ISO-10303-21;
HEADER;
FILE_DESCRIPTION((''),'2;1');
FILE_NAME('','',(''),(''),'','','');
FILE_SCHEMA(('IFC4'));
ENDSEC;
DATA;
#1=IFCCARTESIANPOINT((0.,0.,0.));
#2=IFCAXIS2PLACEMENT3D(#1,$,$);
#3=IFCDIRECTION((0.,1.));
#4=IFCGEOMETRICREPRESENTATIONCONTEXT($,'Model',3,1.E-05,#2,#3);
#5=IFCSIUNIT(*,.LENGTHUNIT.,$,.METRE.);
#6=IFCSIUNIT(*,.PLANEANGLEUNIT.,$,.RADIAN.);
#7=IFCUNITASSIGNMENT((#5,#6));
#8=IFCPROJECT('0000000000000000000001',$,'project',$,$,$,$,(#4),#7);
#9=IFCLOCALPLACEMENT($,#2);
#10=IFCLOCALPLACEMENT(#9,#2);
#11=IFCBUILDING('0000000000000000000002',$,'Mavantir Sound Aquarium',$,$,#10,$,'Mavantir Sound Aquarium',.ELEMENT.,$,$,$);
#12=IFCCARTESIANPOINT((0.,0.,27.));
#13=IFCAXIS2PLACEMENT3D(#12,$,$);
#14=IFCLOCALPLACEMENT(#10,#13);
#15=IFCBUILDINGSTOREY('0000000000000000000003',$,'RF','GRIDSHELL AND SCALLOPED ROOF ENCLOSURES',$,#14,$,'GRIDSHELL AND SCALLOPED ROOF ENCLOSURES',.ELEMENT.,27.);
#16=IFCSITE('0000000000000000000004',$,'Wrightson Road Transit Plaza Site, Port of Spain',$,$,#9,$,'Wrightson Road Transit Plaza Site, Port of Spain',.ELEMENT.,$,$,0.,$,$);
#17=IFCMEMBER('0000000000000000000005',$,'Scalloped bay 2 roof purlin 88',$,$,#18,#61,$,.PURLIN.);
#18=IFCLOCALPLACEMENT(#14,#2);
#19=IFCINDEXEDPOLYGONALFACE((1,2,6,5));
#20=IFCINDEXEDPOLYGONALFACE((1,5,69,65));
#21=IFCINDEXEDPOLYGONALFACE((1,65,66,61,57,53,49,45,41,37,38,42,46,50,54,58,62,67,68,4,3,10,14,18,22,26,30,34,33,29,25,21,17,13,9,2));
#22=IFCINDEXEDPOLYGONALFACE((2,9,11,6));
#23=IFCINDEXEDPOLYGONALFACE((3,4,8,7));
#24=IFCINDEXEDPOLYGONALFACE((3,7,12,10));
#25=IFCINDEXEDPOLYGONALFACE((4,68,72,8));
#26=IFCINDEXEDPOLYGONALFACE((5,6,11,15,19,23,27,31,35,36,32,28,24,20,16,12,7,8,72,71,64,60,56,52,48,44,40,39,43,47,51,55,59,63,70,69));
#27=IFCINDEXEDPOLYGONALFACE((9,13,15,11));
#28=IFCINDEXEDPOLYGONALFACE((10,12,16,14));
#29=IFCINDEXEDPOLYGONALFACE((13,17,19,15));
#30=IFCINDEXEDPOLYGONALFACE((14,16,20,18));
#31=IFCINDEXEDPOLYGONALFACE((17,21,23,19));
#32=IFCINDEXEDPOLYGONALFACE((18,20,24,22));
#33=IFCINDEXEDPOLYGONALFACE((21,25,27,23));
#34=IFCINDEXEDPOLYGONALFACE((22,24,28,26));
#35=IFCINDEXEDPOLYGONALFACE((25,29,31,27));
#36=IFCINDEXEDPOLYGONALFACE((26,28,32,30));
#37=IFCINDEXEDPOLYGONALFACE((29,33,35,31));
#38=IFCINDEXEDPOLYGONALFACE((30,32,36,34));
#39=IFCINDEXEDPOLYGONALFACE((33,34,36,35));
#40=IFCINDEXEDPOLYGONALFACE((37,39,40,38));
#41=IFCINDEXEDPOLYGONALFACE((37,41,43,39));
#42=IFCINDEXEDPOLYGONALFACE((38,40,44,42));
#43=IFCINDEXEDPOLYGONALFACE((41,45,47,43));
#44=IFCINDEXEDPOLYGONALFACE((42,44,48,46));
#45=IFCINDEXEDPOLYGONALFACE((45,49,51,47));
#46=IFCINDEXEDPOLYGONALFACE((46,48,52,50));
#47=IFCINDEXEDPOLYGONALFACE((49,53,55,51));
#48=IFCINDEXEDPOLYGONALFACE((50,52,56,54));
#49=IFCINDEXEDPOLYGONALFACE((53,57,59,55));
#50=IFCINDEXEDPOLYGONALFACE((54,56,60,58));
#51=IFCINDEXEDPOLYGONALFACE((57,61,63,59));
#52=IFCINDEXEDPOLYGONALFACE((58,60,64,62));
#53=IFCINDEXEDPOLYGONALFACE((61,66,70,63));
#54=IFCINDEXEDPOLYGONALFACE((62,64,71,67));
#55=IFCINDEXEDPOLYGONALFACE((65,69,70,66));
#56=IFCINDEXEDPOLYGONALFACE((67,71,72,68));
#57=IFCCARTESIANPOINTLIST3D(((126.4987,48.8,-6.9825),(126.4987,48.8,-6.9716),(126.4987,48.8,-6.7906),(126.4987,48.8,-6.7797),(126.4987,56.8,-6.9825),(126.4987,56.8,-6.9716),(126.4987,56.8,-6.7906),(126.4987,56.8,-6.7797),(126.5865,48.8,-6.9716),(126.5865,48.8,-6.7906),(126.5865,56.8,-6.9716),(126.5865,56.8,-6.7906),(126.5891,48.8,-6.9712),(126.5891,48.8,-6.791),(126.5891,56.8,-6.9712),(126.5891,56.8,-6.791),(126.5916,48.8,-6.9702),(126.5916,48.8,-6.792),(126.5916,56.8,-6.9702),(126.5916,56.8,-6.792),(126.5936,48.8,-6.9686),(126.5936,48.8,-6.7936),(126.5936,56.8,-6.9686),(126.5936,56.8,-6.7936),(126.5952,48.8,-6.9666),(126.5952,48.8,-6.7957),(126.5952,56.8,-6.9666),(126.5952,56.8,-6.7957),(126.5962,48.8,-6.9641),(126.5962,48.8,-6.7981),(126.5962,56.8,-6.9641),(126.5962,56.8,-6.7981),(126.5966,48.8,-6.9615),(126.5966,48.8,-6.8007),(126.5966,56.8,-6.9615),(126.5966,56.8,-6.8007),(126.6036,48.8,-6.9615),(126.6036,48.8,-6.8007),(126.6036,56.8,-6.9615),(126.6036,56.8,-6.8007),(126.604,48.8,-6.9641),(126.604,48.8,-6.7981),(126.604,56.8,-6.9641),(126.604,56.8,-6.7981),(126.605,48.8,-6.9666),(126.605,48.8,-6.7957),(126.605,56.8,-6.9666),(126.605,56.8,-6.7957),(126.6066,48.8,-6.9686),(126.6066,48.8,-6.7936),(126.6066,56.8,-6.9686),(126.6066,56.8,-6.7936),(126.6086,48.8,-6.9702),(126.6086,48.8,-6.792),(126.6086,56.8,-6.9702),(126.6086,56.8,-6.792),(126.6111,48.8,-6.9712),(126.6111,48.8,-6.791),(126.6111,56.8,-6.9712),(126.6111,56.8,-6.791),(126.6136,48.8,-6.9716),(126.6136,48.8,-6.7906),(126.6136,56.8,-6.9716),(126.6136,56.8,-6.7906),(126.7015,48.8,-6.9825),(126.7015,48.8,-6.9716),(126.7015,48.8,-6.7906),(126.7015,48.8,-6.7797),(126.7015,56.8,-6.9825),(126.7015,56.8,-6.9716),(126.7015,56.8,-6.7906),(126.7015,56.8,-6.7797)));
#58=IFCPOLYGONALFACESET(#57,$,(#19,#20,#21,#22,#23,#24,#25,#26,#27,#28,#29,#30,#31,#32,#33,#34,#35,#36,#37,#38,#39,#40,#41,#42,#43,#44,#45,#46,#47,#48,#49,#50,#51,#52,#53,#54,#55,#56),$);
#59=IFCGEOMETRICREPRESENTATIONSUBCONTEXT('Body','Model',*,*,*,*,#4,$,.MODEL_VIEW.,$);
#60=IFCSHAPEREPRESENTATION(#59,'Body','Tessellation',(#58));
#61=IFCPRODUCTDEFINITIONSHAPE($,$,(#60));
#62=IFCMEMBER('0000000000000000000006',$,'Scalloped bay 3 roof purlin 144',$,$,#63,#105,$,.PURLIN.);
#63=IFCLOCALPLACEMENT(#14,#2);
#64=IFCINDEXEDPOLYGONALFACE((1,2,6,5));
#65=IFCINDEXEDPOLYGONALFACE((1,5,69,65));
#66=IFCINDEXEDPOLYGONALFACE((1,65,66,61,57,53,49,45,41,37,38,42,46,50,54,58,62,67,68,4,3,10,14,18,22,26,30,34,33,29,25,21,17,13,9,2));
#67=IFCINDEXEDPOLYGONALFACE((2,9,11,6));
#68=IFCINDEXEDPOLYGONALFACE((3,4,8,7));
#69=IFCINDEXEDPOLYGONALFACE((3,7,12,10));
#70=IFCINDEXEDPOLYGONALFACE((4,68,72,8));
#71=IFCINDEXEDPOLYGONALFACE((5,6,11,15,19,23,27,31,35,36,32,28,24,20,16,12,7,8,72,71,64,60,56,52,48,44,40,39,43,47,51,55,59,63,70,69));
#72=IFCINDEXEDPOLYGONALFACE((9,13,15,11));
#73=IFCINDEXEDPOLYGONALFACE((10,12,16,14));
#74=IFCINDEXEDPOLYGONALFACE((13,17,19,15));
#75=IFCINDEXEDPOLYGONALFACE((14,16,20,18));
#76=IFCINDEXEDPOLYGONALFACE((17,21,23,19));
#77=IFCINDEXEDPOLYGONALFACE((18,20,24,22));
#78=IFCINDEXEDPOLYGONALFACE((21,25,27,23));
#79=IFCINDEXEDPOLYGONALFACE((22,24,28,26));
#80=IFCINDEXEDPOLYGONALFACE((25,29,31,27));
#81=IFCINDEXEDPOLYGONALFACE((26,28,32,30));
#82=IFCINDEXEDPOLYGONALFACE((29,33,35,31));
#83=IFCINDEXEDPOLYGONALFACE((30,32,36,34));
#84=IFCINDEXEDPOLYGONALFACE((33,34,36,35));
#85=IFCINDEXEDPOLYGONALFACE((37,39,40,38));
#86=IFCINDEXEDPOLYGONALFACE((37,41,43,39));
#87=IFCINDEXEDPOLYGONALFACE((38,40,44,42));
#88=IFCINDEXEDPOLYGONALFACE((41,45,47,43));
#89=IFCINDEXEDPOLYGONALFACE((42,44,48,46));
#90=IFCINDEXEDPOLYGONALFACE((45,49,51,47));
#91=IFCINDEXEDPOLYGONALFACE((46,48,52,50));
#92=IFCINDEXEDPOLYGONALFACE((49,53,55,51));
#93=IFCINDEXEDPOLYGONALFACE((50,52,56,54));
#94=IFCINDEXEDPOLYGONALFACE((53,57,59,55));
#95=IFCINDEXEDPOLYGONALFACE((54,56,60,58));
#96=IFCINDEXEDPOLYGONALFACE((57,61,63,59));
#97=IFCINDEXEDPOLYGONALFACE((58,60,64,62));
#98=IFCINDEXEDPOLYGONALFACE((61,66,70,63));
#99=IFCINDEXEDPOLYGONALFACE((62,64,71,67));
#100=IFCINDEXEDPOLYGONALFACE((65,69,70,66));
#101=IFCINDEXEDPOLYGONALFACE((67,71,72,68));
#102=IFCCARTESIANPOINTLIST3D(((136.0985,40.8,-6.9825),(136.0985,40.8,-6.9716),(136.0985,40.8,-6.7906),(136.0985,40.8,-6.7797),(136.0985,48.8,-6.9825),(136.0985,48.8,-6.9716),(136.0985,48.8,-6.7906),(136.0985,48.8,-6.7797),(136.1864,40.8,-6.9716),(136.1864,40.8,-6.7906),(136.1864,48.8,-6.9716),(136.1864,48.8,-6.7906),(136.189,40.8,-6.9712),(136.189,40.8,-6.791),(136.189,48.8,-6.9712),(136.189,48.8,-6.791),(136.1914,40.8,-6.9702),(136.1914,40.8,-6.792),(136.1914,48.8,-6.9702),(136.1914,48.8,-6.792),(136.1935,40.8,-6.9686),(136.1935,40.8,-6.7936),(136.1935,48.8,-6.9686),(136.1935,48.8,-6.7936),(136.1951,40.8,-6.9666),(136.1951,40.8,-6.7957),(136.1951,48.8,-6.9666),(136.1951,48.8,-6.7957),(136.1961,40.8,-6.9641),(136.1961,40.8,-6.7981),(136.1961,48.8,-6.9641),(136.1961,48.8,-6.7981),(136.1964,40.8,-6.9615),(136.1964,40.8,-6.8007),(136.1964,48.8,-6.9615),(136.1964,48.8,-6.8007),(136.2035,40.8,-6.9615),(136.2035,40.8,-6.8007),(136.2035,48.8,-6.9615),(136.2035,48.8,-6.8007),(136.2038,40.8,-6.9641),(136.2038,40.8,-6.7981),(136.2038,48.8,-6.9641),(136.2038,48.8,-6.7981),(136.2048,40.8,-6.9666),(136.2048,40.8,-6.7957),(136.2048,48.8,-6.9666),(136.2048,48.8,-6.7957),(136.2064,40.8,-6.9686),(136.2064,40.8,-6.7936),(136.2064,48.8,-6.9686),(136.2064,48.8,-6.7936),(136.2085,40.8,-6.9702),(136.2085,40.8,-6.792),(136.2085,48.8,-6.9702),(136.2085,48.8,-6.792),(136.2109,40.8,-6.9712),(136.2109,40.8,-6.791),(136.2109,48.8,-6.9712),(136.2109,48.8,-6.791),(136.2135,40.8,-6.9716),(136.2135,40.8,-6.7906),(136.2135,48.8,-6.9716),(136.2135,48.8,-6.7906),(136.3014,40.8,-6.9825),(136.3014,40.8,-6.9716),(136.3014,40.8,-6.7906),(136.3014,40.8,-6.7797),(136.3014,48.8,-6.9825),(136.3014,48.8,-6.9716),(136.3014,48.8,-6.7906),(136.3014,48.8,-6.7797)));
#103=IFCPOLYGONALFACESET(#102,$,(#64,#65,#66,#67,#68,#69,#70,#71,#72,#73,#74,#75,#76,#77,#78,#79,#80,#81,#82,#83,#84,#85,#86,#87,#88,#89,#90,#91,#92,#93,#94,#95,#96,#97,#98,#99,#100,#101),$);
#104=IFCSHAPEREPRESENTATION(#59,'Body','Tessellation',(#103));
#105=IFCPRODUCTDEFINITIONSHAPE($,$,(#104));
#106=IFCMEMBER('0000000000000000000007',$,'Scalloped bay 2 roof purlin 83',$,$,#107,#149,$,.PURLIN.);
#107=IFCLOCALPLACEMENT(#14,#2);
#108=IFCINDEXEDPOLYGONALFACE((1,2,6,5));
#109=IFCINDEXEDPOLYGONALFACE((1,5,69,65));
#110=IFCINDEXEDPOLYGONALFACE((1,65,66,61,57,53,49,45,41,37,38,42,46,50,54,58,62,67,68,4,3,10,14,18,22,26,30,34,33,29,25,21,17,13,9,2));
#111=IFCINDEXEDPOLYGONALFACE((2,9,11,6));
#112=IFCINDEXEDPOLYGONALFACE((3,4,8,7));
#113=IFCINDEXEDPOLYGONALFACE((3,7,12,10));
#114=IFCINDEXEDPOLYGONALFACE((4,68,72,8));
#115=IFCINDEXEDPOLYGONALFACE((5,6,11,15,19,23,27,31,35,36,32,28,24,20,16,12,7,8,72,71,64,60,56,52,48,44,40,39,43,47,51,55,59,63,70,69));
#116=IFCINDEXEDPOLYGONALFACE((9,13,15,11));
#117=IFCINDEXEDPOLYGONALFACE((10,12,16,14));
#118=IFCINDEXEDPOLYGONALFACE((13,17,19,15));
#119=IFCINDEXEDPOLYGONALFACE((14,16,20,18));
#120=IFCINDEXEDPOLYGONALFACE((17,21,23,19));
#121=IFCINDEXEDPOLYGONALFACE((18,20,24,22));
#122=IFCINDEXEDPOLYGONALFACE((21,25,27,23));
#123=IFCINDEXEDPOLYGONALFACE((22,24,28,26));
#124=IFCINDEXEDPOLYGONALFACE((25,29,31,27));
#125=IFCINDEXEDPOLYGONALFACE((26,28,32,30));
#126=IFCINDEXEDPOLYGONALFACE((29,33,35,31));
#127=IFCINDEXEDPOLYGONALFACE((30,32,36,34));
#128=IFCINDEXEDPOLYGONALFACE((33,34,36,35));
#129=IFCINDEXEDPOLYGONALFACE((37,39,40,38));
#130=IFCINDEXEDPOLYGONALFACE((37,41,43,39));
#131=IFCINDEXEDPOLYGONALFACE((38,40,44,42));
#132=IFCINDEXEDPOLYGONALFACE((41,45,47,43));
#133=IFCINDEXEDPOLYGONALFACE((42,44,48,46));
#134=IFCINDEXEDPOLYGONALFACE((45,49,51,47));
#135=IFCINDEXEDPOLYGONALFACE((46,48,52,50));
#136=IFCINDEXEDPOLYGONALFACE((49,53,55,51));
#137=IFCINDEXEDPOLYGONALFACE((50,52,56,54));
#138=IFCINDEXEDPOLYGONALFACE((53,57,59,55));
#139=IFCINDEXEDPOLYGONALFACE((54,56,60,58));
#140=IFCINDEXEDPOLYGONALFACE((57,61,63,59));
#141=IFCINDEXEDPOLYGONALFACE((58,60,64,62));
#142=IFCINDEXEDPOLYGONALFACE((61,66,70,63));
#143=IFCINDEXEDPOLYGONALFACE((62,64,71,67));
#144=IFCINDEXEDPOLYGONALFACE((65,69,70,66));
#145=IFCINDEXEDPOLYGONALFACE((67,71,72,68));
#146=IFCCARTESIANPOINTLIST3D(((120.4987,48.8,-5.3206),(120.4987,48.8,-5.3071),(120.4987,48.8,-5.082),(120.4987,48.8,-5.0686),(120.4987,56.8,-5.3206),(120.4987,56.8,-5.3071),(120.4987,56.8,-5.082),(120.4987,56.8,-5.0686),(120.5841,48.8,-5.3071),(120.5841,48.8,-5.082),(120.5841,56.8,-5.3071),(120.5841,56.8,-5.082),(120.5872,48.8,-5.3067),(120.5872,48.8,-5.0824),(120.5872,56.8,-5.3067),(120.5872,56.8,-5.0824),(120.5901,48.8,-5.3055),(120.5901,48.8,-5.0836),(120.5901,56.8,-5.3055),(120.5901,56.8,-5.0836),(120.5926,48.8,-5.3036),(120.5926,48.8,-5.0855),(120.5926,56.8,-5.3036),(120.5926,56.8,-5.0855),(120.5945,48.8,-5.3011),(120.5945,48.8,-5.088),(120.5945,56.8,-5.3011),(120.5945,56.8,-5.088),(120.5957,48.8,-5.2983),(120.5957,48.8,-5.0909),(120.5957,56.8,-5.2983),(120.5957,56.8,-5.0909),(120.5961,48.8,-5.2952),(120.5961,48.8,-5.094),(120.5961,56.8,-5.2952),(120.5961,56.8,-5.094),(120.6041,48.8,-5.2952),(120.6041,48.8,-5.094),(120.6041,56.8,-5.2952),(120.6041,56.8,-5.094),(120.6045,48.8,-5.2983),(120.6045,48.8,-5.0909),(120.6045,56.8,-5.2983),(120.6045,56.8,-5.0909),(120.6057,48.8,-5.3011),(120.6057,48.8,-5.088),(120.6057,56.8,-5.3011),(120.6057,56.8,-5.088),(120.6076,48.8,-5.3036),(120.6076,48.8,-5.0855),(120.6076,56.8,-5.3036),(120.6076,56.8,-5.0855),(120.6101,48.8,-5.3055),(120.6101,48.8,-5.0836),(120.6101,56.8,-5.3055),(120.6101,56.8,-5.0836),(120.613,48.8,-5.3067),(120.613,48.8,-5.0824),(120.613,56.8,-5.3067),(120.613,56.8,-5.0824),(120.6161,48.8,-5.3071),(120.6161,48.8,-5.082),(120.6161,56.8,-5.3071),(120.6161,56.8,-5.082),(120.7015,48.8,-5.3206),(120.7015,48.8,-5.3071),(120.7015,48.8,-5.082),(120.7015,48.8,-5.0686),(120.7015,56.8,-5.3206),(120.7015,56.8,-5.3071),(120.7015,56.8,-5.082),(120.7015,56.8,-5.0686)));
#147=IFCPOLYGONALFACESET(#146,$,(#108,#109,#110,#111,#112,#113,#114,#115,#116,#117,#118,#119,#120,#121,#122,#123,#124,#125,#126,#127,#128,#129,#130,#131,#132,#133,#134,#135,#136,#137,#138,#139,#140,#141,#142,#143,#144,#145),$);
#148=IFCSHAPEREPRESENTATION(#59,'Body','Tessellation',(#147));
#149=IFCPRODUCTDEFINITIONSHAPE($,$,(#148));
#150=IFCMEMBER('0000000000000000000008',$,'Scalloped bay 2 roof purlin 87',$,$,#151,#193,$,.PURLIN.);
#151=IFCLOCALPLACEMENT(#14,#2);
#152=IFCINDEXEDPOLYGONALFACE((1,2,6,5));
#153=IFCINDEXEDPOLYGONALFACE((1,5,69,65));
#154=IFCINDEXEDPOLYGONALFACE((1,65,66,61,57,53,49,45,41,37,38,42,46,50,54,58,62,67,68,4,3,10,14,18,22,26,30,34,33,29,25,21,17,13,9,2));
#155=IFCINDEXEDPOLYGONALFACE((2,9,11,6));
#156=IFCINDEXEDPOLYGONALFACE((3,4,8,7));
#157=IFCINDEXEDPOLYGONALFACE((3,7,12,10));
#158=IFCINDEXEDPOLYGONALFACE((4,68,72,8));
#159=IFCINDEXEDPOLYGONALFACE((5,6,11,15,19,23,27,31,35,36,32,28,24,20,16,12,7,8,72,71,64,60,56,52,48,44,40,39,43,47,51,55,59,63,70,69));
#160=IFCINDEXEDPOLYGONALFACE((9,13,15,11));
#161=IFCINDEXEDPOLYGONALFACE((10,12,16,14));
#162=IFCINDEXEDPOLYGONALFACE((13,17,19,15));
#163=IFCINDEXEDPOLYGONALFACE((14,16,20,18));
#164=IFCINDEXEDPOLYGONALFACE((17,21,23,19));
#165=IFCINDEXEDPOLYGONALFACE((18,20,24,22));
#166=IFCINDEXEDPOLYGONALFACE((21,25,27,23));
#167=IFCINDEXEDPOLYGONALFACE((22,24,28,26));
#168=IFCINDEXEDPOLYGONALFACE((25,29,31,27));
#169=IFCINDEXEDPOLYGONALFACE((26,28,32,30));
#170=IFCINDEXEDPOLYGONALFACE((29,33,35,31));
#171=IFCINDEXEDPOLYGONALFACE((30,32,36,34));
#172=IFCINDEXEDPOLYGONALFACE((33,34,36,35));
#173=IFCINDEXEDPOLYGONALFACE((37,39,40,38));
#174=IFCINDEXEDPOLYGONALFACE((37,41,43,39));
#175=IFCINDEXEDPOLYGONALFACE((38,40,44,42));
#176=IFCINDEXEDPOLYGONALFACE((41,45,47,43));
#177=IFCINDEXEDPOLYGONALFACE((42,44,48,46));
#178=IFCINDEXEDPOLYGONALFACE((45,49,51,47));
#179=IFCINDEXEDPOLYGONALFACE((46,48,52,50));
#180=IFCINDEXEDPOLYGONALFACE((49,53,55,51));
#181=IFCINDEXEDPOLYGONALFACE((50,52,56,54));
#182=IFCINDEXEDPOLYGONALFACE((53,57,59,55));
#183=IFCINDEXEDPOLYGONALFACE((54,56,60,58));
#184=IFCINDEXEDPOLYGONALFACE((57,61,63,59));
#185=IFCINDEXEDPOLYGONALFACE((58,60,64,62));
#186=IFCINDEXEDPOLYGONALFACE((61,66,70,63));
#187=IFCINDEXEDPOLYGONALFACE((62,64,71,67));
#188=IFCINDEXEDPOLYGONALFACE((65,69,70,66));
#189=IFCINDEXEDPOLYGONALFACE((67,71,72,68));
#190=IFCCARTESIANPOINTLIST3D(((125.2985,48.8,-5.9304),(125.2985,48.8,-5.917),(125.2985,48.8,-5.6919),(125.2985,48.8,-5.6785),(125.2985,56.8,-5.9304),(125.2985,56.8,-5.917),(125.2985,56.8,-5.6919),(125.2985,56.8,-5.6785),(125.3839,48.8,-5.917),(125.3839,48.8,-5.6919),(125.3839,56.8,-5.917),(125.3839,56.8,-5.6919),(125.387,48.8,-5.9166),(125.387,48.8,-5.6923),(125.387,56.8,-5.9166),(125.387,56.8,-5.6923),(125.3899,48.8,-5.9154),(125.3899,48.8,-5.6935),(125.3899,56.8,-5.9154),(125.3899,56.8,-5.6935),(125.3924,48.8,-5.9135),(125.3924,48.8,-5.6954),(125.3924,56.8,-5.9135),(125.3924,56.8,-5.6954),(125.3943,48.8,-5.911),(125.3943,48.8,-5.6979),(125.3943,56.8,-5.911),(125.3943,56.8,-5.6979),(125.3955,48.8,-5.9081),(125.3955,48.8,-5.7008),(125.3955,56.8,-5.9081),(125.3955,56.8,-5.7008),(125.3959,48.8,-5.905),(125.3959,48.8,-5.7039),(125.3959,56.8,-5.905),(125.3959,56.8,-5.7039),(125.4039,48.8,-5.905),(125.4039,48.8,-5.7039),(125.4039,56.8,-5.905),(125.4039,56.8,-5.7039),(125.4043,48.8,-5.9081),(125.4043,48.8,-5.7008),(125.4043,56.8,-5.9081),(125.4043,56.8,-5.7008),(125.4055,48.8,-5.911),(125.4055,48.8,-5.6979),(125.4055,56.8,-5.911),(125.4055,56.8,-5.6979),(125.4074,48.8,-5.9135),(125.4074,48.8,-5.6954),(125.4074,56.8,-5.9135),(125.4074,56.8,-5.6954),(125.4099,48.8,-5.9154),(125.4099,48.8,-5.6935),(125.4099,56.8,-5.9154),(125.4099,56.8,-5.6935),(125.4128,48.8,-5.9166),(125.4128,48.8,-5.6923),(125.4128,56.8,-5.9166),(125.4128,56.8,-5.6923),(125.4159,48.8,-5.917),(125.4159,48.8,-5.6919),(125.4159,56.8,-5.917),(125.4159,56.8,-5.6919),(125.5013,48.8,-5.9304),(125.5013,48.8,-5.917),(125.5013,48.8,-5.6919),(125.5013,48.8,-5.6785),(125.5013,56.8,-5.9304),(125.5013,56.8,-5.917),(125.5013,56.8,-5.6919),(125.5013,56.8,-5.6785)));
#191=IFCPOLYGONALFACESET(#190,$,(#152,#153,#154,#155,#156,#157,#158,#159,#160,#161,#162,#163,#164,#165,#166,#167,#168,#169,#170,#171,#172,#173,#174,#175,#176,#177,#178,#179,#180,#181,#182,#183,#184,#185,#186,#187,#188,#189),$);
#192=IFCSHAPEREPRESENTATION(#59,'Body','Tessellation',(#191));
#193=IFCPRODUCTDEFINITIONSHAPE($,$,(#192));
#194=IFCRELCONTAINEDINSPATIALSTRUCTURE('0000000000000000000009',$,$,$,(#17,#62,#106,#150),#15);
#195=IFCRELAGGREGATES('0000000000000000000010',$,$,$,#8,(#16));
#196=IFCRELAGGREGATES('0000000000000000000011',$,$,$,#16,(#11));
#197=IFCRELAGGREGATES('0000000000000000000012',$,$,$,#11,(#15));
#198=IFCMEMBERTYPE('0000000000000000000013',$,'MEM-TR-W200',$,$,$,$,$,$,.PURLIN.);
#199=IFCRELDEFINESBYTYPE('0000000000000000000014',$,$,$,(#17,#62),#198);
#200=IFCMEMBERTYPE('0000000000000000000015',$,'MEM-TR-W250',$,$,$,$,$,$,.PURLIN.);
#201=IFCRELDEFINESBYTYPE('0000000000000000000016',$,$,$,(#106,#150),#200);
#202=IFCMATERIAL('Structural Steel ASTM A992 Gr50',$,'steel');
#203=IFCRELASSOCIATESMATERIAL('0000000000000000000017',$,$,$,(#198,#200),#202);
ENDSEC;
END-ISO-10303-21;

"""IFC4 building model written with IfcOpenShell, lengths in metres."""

from ifc_helpers import new_model, si_unit, direction, frame, origin, origin_2d, place, context, subcontext, project, spatial, i_section, extrude, material, material_profile, profile_set, type_object, element, save


model = new_model("IFC4")

# Units and contexts
model_context = context("Model", 3, precision=1e-05, world=origin(), true_north=direction((0.0, 1.0)))
body_context = subcontext(model_context, "Body", "Model", "MODEL_VIEW")
ifc_project = project(units=[si_unit("LENGTHUNIT", "METRE"), si_unit("PLANEANGLEUNIT", "RADIAN")], contexts=[model_context])

# Site, building, storey
site_placement = place(None, origin())
site = spatial("IfcSite", under=ifc_project, at=site_placement, Name="Wrightson Road Transit Plaza Site, Port of Spain", LongName="Wrightson Road Transit Plaza Site, Port of Spain", CompositionType="ELEMENT", RefElevation=0.0)
building_placement = place(site_placement, origin())
building = spatial("IfcBuilding", under=site, at=building_placement, Name="Mavantir Sound Aquarium", LongName="Mavantir Sound Aquarium", CompositionType="ELEMENT")
storey_placement = place(building_placement, frame((0.0, 0.0, 27.0)))
storey = spatial("IfcBuildingStorey", under=building, at=storey_placement, Name="RF", Description="GRIDSHELL AND SCALLOPED ROOF ENCLOSURES", LongName="GRIDSHELL AND SCALLOPED ROOF ENCLOSURES", CompositionType="ELEMENT", Elevation=27.0)

# Shared definitions
ifc_material_1 = material(Name="Structural Steel ASTM A992 Gr50", Category="steel")

# Members
ifc_material_profile_1 = material_profile(ifc_material_1, i_section(OverallWidth=0.2029, OverallDepth=0.2029, WebThickness=0.0071, FlangeThickness=0.011, FilletRadius=0.01, at=origin_2d()), Name="W200X46")
ifc_profile_set_1 = profile_set([ifc_material_profile_1], Name="Structural Steel ASTM A992 Gr50")
member_type_1 = type_object("IfcMemberType", Name="MEM-TR-W200", PredefinedType="PURLIN", material=ifc_profile_set_1)
for number, where, z_axis, x_axis, name in (
    (1, (126.6001, 48.8, -6.8811), (0.0, 1.0, 0.0), (-1.0, 0.0, 0.0), "Scalloped bay 2 roof purlin 88"),
    (2, (136.2, 40.8, -6.8811), (0.0, 1.0, 0.0), (-1.0, 0.0, 0.0), "Scalloped bay 3 roof purlin 144"),
):
    element("IfcMember", number, at=place(storey_placement, frame(where, z_axis=z_axis, x_axis=x_axis)), inside=storey, type_object=member_type_1, Name=name, PredefinedType="PURLIN", context=body_context, shape_type="SweptSolid", body=[
        extrude(i_section(OverallWidth=0.2029, OverallDepth=0.2029, WebThickness=0.0071, FlangeThickness=0.011, FilletRadius=0.01, at=origin_2d()), origin(), (0.0, 0.0, 1.0), 8.0),
    ])
ifc_material_profile_2 = material_profile(ifc_material_1, i_section(OverallWidth=0.2029, OverallDepth=0.252, WebThickness=0.0081, FlangeThickness=0.0134, FilletRadius=0.012, at=origin_2d()), Name="W250X58")
ifc_profile_set_2 = profile_set([ifc_material_profile_2], Name="Structural Steel ASTM A992 Gr50")
member_type_2 = type_object("IfcMemberType", Name="MEM-TR-W250", PredefinedType="PURLIN", material=ifc_profile_set_2)
for number, where, z_axis, x_axis, name in (
    (3, (120.6001, 48.8, -5.1946), (0.0, 1.0, 0.0), (-1.0, 0.0, 0.0), "Scalloped bay 2 roof purlin 83"),
    (4, (125.3999, 48.8, -5.8044), (0.0, 1.0, 0.0), (-1.0, 0.0, 0.0), "Scalloped bay 2 roof purlin 87"),
):
    element("IfcMember", number, at=place(storey_placement, frame(where, z_axis=z_axis, x_axis=x_axis)), inside=storey, type_object=member_type_2, Name=name, PredefinedType="PURLIN", context=body_context, shape_type="SweptSolid", body=[
        extrude(i_section(OverallWidth=0.2029, OverallDepth=0.252, WebThickness=0.0081, FlangeThickness=0.0134, FilletRadius=0.012, at=origin_2d()), origin(), (0.0, 0.0, 1.0), 8.0),
    ])

save(model, "model.ifc")
